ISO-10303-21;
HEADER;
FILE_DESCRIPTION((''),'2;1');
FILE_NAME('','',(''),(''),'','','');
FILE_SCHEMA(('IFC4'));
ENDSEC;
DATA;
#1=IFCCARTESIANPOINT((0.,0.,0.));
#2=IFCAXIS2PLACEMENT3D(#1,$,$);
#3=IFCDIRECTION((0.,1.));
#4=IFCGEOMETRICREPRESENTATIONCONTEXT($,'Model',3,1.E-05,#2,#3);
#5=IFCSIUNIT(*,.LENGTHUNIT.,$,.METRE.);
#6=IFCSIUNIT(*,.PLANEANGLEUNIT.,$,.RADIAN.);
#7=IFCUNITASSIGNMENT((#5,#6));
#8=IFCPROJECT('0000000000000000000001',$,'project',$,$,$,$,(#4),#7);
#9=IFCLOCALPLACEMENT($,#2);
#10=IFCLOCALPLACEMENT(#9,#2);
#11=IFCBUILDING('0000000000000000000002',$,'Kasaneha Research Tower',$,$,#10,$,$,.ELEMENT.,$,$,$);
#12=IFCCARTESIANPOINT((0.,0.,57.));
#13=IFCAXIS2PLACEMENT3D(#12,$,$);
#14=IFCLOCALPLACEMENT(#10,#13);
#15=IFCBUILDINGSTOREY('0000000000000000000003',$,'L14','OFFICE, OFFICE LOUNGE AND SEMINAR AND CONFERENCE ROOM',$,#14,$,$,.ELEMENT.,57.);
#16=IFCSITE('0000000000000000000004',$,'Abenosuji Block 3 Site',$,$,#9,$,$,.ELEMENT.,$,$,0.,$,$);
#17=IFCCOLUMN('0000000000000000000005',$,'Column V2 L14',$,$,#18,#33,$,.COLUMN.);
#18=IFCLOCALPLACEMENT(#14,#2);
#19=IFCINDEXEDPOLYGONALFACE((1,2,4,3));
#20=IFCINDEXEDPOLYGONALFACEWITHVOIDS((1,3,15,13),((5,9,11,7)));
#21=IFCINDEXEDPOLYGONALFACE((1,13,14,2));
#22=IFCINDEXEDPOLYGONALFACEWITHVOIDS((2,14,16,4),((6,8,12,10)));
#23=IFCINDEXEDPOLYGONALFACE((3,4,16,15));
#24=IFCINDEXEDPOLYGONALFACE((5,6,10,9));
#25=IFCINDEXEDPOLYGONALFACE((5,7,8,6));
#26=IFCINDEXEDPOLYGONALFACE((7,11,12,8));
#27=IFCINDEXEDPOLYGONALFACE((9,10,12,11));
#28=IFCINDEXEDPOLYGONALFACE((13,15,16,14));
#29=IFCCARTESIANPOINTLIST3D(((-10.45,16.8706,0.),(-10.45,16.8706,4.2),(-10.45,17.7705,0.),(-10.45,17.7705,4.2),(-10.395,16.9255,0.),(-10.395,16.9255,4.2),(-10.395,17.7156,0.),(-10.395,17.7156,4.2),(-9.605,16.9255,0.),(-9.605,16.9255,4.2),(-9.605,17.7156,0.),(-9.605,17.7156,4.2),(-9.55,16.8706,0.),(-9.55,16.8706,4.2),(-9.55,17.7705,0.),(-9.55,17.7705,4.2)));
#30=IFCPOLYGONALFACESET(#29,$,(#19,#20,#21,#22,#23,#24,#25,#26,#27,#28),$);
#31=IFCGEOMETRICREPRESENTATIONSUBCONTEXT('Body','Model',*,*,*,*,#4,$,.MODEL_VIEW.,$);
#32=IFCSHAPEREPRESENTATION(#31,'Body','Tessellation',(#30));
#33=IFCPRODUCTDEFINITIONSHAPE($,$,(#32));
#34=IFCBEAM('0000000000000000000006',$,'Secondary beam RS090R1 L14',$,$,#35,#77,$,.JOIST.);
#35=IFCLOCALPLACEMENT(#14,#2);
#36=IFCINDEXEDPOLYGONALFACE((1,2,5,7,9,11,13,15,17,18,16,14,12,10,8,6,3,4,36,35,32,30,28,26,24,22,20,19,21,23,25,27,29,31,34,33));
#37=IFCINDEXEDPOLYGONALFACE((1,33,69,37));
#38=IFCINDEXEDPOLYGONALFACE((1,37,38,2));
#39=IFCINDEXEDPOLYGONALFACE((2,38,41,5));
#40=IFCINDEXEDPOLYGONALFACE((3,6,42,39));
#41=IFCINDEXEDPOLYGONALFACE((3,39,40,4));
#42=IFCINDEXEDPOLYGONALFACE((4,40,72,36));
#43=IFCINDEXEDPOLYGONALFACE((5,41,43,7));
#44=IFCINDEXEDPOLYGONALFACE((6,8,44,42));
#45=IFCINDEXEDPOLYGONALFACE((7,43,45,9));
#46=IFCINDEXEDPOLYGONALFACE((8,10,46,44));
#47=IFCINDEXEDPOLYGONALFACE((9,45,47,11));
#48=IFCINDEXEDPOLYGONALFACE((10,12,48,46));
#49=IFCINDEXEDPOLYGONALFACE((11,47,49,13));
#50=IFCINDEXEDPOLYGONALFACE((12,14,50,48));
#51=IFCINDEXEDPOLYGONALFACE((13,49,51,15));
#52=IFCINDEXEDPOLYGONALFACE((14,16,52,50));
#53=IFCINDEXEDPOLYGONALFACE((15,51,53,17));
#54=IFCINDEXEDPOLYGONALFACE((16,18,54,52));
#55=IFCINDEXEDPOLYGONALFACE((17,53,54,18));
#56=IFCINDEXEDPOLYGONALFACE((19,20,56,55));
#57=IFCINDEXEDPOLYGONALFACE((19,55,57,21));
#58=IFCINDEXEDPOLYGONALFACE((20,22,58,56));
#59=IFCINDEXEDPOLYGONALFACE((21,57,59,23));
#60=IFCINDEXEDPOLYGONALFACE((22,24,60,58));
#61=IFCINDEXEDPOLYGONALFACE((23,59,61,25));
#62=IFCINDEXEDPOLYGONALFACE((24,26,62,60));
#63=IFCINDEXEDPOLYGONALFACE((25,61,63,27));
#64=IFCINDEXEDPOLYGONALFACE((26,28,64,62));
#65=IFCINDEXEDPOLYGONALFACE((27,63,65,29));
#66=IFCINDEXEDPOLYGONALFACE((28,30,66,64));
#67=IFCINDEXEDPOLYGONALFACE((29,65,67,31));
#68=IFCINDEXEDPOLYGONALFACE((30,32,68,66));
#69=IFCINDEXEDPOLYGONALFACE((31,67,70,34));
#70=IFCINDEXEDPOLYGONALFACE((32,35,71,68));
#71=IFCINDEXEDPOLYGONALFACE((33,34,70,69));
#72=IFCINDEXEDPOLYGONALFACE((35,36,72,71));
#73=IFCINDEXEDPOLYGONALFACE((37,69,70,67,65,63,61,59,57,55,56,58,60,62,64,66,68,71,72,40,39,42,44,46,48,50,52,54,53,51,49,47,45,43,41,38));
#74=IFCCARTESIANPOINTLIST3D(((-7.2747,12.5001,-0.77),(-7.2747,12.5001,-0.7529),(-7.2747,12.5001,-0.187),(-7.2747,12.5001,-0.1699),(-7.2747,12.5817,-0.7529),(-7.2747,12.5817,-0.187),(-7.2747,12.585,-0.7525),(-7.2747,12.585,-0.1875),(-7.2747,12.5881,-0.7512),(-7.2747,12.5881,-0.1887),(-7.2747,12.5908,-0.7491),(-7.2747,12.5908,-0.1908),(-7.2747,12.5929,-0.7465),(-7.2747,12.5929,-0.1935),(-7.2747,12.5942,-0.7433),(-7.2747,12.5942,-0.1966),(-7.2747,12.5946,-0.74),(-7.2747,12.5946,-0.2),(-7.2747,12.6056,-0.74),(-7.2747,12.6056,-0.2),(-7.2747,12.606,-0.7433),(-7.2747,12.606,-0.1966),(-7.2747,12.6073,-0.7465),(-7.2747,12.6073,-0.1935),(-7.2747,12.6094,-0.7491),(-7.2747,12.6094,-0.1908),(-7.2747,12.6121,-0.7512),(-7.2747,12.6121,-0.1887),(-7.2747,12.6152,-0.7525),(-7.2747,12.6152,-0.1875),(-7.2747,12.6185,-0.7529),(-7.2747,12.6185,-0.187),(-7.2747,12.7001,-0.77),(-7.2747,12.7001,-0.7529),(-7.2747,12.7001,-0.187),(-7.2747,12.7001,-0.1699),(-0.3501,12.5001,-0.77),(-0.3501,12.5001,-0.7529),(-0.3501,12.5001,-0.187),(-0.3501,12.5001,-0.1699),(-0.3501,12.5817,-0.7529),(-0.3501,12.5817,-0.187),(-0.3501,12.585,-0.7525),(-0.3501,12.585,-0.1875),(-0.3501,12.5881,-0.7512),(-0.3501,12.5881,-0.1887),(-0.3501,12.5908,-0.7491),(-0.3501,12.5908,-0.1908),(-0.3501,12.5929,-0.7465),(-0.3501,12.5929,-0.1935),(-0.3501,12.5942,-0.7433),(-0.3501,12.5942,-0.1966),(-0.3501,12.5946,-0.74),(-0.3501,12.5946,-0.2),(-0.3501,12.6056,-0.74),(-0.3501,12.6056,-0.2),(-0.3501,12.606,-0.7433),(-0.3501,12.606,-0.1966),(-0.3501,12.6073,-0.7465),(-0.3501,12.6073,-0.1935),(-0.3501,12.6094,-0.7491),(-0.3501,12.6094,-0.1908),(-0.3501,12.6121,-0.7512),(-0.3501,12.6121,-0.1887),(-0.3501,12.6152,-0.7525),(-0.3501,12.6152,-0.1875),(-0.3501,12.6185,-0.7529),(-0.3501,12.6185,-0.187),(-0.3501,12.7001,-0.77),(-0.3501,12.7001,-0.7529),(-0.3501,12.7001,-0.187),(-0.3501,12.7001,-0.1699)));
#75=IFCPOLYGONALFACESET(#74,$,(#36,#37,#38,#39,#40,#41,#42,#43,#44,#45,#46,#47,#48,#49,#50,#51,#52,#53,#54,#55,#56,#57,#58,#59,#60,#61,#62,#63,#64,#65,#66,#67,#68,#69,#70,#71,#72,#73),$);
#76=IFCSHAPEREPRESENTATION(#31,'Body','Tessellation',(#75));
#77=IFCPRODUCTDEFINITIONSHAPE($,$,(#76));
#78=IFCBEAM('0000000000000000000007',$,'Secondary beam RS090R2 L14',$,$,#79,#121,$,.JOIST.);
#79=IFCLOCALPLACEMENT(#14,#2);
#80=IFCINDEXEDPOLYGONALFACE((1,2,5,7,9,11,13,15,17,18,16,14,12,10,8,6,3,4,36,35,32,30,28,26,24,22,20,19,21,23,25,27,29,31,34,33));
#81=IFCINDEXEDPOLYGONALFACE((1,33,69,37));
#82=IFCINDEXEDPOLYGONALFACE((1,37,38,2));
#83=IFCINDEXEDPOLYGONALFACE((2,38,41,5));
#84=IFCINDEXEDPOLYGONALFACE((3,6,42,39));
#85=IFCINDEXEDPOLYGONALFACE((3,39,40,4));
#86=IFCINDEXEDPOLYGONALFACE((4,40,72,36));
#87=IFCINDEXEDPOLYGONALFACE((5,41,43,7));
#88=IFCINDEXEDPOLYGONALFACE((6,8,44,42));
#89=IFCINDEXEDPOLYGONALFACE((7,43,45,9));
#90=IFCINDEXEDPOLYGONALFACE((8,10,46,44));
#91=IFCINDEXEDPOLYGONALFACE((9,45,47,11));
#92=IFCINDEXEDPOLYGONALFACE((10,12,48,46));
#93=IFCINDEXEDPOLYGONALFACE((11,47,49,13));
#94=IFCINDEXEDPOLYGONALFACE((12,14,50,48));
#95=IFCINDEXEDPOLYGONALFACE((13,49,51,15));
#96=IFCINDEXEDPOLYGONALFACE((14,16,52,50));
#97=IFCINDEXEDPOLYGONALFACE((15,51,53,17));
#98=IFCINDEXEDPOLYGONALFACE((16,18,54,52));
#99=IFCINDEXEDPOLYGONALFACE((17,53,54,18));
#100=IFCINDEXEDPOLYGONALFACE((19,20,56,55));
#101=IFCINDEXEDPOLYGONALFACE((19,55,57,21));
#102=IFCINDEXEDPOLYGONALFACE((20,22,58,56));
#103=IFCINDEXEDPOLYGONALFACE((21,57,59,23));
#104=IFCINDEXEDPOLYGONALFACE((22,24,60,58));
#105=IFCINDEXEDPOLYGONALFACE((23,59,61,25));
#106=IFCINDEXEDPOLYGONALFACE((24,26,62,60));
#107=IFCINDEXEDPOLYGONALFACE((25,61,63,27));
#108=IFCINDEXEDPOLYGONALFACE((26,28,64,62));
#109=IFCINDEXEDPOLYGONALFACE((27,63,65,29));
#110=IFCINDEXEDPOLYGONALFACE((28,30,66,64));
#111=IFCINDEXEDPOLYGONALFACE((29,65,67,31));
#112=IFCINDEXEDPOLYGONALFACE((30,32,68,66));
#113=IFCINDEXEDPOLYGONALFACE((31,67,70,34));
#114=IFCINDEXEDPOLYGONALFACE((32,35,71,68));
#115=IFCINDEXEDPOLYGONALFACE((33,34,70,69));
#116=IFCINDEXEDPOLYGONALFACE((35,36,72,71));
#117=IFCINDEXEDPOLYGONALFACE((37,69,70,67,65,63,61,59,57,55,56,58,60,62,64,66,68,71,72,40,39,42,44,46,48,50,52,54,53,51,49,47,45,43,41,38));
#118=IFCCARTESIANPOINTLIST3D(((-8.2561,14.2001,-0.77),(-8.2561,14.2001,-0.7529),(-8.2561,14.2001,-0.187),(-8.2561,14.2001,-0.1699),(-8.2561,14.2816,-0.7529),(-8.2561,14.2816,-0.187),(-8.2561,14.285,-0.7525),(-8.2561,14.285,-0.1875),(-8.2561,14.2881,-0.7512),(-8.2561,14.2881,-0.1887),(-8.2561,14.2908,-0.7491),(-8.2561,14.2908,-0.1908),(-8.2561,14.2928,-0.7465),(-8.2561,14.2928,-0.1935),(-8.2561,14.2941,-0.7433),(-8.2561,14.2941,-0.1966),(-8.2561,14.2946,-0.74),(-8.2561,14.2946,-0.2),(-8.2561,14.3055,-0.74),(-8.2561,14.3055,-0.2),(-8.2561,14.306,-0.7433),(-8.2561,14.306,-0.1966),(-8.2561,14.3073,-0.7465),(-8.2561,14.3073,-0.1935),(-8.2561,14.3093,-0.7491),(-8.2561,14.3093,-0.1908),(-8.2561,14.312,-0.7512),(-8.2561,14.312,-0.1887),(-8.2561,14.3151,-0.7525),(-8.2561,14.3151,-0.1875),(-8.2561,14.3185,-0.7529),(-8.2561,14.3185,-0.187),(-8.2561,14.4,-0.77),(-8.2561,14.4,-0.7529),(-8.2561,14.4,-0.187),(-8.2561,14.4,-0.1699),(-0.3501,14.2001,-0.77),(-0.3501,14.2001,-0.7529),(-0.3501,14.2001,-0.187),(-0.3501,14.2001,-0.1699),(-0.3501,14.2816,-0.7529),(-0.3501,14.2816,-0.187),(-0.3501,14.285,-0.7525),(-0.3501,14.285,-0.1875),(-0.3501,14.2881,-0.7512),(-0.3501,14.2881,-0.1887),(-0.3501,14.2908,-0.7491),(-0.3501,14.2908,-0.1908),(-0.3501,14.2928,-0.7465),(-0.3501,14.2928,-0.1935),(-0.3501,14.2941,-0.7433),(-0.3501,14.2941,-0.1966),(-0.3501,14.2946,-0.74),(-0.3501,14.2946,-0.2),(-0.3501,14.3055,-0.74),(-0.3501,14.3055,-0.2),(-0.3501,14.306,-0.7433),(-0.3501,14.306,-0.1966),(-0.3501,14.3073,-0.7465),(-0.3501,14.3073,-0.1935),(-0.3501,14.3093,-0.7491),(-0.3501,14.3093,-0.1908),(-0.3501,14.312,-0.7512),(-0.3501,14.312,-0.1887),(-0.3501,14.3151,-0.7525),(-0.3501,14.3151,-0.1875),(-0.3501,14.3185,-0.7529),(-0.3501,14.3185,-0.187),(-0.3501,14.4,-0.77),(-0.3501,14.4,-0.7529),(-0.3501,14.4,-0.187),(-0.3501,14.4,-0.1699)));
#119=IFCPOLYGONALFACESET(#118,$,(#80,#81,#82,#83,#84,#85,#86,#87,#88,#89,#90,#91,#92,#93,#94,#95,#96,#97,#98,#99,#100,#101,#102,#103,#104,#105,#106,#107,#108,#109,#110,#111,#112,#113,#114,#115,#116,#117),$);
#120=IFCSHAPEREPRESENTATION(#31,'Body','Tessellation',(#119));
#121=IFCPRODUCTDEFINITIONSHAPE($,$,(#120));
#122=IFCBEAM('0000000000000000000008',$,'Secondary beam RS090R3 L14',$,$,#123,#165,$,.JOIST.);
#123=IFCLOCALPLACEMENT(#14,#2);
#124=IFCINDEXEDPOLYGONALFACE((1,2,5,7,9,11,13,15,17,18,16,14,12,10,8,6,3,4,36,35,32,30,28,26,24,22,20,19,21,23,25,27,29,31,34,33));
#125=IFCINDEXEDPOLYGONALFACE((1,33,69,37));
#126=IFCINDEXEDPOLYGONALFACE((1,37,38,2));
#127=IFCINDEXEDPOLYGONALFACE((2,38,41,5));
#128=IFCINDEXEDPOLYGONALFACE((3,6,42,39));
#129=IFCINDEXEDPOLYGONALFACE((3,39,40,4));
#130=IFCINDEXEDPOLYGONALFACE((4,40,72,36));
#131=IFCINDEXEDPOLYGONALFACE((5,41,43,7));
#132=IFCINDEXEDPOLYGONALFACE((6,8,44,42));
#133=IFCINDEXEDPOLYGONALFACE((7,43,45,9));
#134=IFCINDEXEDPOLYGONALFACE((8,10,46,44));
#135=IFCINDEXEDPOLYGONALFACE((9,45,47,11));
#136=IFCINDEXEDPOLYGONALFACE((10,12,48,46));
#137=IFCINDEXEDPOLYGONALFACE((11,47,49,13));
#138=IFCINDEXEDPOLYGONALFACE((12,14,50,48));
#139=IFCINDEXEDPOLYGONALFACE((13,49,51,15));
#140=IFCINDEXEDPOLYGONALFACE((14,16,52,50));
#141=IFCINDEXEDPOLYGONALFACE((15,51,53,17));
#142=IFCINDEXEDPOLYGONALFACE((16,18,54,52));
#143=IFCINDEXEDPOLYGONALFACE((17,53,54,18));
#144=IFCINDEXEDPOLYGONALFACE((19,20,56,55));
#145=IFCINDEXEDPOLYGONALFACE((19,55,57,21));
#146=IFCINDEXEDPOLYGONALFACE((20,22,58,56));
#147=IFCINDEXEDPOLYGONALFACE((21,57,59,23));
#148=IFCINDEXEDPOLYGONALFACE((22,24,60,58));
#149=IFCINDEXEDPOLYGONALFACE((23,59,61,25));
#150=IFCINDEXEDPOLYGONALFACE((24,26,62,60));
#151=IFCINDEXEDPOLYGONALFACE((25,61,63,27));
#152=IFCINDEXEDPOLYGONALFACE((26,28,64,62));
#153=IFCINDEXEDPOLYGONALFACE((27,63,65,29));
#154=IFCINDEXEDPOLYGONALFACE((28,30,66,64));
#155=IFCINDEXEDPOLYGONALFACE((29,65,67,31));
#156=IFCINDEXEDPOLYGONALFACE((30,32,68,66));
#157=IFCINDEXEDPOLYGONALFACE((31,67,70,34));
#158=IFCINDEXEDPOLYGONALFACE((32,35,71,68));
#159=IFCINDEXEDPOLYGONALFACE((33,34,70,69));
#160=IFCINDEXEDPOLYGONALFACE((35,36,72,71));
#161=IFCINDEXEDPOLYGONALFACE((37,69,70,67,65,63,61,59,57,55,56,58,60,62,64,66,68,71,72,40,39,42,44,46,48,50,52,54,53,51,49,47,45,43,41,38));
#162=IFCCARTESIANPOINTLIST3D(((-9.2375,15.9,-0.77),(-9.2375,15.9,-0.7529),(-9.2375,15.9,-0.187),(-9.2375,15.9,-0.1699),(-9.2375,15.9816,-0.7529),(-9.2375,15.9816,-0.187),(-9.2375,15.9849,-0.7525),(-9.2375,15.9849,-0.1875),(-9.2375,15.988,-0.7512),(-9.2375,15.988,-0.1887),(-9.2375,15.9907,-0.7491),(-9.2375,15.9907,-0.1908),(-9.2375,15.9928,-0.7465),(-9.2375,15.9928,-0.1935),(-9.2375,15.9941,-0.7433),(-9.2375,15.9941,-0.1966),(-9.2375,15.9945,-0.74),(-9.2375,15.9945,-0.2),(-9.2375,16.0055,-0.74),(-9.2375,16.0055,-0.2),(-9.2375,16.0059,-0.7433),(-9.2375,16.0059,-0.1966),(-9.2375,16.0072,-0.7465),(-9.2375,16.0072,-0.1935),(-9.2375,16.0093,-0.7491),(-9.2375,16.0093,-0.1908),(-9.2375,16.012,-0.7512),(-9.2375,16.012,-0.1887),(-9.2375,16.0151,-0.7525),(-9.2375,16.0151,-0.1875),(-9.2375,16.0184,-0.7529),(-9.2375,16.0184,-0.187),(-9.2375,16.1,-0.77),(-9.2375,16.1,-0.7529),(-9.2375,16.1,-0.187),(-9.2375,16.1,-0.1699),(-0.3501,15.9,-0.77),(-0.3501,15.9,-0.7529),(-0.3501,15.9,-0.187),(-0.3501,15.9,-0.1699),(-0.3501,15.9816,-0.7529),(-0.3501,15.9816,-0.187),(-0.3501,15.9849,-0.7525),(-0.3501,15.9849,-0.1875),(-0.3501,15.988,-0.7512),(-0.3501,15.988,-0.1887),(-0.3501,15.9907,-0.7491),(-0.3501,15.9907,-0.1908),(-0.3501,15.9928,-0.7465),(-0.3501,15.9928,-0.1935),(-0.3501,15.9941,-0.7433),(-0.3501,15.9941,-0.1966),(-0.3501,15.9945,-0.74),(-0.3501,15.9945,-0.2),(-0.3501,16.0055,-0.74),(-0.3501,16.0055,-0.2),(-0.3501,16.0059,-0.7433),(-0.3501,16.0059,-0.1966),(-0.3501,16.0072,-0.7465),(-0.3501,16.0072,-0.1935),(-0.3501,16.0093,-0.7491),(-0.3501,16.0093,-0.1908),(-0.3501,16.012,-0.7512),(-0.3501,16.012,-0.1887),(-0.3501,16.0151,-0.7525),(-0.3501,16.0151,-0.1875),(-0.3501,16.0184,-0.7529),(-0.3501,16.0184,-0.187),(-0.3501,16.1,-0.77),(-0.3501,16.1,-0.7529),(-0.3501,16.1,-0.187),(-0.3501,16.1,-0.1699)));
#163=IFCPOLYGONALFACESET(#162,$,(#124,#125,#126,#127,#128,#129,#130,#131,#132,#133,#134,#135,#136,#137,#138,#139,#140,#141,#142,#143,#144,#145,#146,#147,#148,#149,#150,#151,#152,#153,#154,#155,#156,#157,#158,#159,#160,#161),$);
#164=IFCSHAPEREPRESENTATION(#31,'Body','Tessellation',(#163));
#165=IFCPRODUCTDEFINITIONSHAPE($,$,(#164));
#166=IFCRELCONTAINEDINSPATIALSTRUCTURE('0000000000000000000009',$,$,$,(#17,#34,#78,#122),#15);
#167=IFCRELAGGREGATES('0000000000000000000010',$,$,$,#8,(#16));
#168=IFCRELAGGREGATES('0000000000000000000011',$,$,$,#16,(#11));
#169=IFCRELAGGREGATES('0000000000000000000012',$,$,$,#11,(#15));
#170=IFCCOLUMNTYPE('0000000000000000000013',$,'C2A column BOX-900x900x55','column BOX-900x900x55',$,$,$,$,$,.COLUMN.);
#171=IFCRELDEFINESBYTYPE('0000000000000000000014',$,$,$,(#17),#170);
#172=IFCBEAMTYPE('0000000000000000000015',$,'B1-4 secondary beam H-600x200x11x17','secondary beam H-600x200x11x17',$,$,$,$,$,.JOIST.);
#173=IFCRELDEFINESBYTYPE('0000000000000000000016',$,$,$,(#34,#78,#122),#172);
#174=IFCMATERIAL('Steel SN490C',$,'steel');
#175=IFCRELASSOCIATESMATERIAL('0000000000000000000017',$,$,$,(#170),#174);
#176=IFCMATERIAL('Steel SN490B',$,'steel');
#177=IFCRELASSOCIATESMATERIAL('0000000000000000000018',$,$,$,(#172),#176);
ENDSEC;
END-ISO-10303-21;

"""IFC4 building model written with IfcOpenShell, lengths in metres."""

from ifc_helpers import new_model, si_unit, direction, frame, origin, origin_2d, place, context, subcontext, project, spatial, hollow_rectangle, i_section, extrude, material, material_profile, profile_set, type_object, element, save


model = new_model("IFC4")

# Units and contexts
model_context = context("Model", 3, precision=1e-05, world=origin(), true_north=direction((0.0, 1.0)))
body_context = subcontext(model_context, "Body", "Model", "MODEL_VIEW")
ifc_project = project(units=[si_unit("LENGTHUNIT", "METRE"), si_unit("PLANEANGLEUNIT", "RADIAN")], contexts=[model_context])

# Site, building, storey
site_placement = place(None, origin())
site = spatial("IfcSite", under=ifc_project, at=site_placement, Name="Abenosuji Block 3 Site", CompositionType="ELEMENT", RefElevation=0.0)
building_placement = place(site_placement, origin())
building = spatial("IfcBuilding", under=site, at=building_placement, Name="Kasaneha Research Tower", CompositionType="ELEMENT")
storey_placement = place(building_placement, frame((0.0, 0.0, 57.0)))
storey = spatial("IfcBuildingStorey", under=building, at=storey_placement, Name="L14", Description="OFFICE, OFFICE LOUNGE AND SEMINAR AND CONFERENCE ROOM", CompositionType="ELEMENT", Elevation=57.0)

# Column
ifc_material_1 = material(Name="Steel SN490C", Category="steel")
ifc_material_profile_1 = material_profile(ifc_material_1, hollow_rectangle(XDim=0.8999, YDim=0.8999, WallThickness=0.0549, at=origin_2d()), Name="BOX-900x900x55")
ifc_profile_set_1 = profile_set([ifc_material_profile_1], Name="Steel SN490C")
column_type = type_object("IfcColumnType", Name="C2A column BOX-900x900x55", Description="column BOX-900x900x55", PredefinedType="COLUMN", material=ifc_profile_set_1)
column_placement = place(storey_placement, frame((-10.0, 17.3206, 0.0), z_axis=(0.0, 0.0, 1.0), x_axis=(1.0, 0.0, 0.0)))
element("IfcColumn", 1, at=column_placement, inside=storey, type_object=column_type, Name="Column V2 L14", PredefinedType="COLUMN", context=body_context, shape_type="SweptSolid", body=[
    extrude(hollow_rectangle(XDim=0.8999, YDim=0.8999, WallThickness=0.0549, at=origin_2d()), origin(), (0.0, 0.0, 1.0), 4.2),
])

# Beams
ifc_material_2 = material(Name="Steel SN490B", Category="steel")
ifc_material_profile_2 = material_profile(ifc_material_2, i_section(OverallWidth=0.2, OverallDepth=0.6001, WebThickness=0.011, FlangeThickness=0.0171, FilletRadius=0.0129, at=origin_2d()), Name="H-600x200x11x17")
ifc_profile_set_2 = profile_set([ifc_material_profile_2], Name="Steel SN490B")
beam_type_1 = type_object("IfcBeamType", Name="B1-4 secondary beam H-600x200x11x17", Description="secondary beam H-600x200x11x17", PredefinedType="JOIST", material=ifc_profile_set_2)
beam_1_placement = place(storey_placement, frame((-7.2747, 12.6001, -0.47), z_axis=(1.0, 0.0, 0.0), x_axis=(0.0, 1.0, 0.0)))
element("IfcBeam", 2, at=beam_1_placement, inside=storey, type_object=beam_type_1, Name="Secondary beam RS090R1 L14", PredefinedType="JOIST", context=body_context, shape_type="SweptSolid", body=[
    extrude(i_section(OverallWidth=0.2, OverallDepth=0.6001, WebThickness=0.011, FlangeThickness=0.0171, FilletRadius=0.0129, at=origin_2d()), origin(), (0.0, 0.0, 1.0), 6.9246),
])
beam_2_placement = place(storey_placement, frame((-8.2561, 14.3, -0.47), z_axis=(1.0, 0.0, 0.0), x_axis=(0.0, 1.0, 0.0)))
element("IfcBeam", 3, at=beam_2_placement, inside=storey, type_object=beam_type_1, Name="Secondary beam RS090R2 L14", PredefinedType="JOIST", context=body_context, shape_type="SweptSolid", body=[
    extrude(i_section(OverallWidth=0.2, OverallDepth=0.6001, WebThickness=0.011, FlangeThickness=0.0171, FilletRadius=0.0129, at=origin_2d()), origin(), (0.0, 0.0, 1.0), 7.906),
])
beam_3_placement = place(storey_placement, frame((-9.2375, 16.0, -0.47), z_axis=(1.0, 0.0, 0.0), x_axis=(0.0, 1.0, 0.0)))
element("IfcBeam", 4, at=beam_3_placement, inside=storey, type_object=beam_type_1, Name="Secondary beam RS090R3 L14", PredefinedType="JOIST", context=body_context, shape_type="SweptSolid", body=[
    extrude(i_section(OverallWidth=0.2, OverallDepth=0.6001, WebThickness=0.011, FlangeThickness=0.0171, FilletRadius=0.0129, at=origin_2d()), origin(), (0.0, 0.0, 1.0), 8.8875),
])

save(model, "model.ifc")
